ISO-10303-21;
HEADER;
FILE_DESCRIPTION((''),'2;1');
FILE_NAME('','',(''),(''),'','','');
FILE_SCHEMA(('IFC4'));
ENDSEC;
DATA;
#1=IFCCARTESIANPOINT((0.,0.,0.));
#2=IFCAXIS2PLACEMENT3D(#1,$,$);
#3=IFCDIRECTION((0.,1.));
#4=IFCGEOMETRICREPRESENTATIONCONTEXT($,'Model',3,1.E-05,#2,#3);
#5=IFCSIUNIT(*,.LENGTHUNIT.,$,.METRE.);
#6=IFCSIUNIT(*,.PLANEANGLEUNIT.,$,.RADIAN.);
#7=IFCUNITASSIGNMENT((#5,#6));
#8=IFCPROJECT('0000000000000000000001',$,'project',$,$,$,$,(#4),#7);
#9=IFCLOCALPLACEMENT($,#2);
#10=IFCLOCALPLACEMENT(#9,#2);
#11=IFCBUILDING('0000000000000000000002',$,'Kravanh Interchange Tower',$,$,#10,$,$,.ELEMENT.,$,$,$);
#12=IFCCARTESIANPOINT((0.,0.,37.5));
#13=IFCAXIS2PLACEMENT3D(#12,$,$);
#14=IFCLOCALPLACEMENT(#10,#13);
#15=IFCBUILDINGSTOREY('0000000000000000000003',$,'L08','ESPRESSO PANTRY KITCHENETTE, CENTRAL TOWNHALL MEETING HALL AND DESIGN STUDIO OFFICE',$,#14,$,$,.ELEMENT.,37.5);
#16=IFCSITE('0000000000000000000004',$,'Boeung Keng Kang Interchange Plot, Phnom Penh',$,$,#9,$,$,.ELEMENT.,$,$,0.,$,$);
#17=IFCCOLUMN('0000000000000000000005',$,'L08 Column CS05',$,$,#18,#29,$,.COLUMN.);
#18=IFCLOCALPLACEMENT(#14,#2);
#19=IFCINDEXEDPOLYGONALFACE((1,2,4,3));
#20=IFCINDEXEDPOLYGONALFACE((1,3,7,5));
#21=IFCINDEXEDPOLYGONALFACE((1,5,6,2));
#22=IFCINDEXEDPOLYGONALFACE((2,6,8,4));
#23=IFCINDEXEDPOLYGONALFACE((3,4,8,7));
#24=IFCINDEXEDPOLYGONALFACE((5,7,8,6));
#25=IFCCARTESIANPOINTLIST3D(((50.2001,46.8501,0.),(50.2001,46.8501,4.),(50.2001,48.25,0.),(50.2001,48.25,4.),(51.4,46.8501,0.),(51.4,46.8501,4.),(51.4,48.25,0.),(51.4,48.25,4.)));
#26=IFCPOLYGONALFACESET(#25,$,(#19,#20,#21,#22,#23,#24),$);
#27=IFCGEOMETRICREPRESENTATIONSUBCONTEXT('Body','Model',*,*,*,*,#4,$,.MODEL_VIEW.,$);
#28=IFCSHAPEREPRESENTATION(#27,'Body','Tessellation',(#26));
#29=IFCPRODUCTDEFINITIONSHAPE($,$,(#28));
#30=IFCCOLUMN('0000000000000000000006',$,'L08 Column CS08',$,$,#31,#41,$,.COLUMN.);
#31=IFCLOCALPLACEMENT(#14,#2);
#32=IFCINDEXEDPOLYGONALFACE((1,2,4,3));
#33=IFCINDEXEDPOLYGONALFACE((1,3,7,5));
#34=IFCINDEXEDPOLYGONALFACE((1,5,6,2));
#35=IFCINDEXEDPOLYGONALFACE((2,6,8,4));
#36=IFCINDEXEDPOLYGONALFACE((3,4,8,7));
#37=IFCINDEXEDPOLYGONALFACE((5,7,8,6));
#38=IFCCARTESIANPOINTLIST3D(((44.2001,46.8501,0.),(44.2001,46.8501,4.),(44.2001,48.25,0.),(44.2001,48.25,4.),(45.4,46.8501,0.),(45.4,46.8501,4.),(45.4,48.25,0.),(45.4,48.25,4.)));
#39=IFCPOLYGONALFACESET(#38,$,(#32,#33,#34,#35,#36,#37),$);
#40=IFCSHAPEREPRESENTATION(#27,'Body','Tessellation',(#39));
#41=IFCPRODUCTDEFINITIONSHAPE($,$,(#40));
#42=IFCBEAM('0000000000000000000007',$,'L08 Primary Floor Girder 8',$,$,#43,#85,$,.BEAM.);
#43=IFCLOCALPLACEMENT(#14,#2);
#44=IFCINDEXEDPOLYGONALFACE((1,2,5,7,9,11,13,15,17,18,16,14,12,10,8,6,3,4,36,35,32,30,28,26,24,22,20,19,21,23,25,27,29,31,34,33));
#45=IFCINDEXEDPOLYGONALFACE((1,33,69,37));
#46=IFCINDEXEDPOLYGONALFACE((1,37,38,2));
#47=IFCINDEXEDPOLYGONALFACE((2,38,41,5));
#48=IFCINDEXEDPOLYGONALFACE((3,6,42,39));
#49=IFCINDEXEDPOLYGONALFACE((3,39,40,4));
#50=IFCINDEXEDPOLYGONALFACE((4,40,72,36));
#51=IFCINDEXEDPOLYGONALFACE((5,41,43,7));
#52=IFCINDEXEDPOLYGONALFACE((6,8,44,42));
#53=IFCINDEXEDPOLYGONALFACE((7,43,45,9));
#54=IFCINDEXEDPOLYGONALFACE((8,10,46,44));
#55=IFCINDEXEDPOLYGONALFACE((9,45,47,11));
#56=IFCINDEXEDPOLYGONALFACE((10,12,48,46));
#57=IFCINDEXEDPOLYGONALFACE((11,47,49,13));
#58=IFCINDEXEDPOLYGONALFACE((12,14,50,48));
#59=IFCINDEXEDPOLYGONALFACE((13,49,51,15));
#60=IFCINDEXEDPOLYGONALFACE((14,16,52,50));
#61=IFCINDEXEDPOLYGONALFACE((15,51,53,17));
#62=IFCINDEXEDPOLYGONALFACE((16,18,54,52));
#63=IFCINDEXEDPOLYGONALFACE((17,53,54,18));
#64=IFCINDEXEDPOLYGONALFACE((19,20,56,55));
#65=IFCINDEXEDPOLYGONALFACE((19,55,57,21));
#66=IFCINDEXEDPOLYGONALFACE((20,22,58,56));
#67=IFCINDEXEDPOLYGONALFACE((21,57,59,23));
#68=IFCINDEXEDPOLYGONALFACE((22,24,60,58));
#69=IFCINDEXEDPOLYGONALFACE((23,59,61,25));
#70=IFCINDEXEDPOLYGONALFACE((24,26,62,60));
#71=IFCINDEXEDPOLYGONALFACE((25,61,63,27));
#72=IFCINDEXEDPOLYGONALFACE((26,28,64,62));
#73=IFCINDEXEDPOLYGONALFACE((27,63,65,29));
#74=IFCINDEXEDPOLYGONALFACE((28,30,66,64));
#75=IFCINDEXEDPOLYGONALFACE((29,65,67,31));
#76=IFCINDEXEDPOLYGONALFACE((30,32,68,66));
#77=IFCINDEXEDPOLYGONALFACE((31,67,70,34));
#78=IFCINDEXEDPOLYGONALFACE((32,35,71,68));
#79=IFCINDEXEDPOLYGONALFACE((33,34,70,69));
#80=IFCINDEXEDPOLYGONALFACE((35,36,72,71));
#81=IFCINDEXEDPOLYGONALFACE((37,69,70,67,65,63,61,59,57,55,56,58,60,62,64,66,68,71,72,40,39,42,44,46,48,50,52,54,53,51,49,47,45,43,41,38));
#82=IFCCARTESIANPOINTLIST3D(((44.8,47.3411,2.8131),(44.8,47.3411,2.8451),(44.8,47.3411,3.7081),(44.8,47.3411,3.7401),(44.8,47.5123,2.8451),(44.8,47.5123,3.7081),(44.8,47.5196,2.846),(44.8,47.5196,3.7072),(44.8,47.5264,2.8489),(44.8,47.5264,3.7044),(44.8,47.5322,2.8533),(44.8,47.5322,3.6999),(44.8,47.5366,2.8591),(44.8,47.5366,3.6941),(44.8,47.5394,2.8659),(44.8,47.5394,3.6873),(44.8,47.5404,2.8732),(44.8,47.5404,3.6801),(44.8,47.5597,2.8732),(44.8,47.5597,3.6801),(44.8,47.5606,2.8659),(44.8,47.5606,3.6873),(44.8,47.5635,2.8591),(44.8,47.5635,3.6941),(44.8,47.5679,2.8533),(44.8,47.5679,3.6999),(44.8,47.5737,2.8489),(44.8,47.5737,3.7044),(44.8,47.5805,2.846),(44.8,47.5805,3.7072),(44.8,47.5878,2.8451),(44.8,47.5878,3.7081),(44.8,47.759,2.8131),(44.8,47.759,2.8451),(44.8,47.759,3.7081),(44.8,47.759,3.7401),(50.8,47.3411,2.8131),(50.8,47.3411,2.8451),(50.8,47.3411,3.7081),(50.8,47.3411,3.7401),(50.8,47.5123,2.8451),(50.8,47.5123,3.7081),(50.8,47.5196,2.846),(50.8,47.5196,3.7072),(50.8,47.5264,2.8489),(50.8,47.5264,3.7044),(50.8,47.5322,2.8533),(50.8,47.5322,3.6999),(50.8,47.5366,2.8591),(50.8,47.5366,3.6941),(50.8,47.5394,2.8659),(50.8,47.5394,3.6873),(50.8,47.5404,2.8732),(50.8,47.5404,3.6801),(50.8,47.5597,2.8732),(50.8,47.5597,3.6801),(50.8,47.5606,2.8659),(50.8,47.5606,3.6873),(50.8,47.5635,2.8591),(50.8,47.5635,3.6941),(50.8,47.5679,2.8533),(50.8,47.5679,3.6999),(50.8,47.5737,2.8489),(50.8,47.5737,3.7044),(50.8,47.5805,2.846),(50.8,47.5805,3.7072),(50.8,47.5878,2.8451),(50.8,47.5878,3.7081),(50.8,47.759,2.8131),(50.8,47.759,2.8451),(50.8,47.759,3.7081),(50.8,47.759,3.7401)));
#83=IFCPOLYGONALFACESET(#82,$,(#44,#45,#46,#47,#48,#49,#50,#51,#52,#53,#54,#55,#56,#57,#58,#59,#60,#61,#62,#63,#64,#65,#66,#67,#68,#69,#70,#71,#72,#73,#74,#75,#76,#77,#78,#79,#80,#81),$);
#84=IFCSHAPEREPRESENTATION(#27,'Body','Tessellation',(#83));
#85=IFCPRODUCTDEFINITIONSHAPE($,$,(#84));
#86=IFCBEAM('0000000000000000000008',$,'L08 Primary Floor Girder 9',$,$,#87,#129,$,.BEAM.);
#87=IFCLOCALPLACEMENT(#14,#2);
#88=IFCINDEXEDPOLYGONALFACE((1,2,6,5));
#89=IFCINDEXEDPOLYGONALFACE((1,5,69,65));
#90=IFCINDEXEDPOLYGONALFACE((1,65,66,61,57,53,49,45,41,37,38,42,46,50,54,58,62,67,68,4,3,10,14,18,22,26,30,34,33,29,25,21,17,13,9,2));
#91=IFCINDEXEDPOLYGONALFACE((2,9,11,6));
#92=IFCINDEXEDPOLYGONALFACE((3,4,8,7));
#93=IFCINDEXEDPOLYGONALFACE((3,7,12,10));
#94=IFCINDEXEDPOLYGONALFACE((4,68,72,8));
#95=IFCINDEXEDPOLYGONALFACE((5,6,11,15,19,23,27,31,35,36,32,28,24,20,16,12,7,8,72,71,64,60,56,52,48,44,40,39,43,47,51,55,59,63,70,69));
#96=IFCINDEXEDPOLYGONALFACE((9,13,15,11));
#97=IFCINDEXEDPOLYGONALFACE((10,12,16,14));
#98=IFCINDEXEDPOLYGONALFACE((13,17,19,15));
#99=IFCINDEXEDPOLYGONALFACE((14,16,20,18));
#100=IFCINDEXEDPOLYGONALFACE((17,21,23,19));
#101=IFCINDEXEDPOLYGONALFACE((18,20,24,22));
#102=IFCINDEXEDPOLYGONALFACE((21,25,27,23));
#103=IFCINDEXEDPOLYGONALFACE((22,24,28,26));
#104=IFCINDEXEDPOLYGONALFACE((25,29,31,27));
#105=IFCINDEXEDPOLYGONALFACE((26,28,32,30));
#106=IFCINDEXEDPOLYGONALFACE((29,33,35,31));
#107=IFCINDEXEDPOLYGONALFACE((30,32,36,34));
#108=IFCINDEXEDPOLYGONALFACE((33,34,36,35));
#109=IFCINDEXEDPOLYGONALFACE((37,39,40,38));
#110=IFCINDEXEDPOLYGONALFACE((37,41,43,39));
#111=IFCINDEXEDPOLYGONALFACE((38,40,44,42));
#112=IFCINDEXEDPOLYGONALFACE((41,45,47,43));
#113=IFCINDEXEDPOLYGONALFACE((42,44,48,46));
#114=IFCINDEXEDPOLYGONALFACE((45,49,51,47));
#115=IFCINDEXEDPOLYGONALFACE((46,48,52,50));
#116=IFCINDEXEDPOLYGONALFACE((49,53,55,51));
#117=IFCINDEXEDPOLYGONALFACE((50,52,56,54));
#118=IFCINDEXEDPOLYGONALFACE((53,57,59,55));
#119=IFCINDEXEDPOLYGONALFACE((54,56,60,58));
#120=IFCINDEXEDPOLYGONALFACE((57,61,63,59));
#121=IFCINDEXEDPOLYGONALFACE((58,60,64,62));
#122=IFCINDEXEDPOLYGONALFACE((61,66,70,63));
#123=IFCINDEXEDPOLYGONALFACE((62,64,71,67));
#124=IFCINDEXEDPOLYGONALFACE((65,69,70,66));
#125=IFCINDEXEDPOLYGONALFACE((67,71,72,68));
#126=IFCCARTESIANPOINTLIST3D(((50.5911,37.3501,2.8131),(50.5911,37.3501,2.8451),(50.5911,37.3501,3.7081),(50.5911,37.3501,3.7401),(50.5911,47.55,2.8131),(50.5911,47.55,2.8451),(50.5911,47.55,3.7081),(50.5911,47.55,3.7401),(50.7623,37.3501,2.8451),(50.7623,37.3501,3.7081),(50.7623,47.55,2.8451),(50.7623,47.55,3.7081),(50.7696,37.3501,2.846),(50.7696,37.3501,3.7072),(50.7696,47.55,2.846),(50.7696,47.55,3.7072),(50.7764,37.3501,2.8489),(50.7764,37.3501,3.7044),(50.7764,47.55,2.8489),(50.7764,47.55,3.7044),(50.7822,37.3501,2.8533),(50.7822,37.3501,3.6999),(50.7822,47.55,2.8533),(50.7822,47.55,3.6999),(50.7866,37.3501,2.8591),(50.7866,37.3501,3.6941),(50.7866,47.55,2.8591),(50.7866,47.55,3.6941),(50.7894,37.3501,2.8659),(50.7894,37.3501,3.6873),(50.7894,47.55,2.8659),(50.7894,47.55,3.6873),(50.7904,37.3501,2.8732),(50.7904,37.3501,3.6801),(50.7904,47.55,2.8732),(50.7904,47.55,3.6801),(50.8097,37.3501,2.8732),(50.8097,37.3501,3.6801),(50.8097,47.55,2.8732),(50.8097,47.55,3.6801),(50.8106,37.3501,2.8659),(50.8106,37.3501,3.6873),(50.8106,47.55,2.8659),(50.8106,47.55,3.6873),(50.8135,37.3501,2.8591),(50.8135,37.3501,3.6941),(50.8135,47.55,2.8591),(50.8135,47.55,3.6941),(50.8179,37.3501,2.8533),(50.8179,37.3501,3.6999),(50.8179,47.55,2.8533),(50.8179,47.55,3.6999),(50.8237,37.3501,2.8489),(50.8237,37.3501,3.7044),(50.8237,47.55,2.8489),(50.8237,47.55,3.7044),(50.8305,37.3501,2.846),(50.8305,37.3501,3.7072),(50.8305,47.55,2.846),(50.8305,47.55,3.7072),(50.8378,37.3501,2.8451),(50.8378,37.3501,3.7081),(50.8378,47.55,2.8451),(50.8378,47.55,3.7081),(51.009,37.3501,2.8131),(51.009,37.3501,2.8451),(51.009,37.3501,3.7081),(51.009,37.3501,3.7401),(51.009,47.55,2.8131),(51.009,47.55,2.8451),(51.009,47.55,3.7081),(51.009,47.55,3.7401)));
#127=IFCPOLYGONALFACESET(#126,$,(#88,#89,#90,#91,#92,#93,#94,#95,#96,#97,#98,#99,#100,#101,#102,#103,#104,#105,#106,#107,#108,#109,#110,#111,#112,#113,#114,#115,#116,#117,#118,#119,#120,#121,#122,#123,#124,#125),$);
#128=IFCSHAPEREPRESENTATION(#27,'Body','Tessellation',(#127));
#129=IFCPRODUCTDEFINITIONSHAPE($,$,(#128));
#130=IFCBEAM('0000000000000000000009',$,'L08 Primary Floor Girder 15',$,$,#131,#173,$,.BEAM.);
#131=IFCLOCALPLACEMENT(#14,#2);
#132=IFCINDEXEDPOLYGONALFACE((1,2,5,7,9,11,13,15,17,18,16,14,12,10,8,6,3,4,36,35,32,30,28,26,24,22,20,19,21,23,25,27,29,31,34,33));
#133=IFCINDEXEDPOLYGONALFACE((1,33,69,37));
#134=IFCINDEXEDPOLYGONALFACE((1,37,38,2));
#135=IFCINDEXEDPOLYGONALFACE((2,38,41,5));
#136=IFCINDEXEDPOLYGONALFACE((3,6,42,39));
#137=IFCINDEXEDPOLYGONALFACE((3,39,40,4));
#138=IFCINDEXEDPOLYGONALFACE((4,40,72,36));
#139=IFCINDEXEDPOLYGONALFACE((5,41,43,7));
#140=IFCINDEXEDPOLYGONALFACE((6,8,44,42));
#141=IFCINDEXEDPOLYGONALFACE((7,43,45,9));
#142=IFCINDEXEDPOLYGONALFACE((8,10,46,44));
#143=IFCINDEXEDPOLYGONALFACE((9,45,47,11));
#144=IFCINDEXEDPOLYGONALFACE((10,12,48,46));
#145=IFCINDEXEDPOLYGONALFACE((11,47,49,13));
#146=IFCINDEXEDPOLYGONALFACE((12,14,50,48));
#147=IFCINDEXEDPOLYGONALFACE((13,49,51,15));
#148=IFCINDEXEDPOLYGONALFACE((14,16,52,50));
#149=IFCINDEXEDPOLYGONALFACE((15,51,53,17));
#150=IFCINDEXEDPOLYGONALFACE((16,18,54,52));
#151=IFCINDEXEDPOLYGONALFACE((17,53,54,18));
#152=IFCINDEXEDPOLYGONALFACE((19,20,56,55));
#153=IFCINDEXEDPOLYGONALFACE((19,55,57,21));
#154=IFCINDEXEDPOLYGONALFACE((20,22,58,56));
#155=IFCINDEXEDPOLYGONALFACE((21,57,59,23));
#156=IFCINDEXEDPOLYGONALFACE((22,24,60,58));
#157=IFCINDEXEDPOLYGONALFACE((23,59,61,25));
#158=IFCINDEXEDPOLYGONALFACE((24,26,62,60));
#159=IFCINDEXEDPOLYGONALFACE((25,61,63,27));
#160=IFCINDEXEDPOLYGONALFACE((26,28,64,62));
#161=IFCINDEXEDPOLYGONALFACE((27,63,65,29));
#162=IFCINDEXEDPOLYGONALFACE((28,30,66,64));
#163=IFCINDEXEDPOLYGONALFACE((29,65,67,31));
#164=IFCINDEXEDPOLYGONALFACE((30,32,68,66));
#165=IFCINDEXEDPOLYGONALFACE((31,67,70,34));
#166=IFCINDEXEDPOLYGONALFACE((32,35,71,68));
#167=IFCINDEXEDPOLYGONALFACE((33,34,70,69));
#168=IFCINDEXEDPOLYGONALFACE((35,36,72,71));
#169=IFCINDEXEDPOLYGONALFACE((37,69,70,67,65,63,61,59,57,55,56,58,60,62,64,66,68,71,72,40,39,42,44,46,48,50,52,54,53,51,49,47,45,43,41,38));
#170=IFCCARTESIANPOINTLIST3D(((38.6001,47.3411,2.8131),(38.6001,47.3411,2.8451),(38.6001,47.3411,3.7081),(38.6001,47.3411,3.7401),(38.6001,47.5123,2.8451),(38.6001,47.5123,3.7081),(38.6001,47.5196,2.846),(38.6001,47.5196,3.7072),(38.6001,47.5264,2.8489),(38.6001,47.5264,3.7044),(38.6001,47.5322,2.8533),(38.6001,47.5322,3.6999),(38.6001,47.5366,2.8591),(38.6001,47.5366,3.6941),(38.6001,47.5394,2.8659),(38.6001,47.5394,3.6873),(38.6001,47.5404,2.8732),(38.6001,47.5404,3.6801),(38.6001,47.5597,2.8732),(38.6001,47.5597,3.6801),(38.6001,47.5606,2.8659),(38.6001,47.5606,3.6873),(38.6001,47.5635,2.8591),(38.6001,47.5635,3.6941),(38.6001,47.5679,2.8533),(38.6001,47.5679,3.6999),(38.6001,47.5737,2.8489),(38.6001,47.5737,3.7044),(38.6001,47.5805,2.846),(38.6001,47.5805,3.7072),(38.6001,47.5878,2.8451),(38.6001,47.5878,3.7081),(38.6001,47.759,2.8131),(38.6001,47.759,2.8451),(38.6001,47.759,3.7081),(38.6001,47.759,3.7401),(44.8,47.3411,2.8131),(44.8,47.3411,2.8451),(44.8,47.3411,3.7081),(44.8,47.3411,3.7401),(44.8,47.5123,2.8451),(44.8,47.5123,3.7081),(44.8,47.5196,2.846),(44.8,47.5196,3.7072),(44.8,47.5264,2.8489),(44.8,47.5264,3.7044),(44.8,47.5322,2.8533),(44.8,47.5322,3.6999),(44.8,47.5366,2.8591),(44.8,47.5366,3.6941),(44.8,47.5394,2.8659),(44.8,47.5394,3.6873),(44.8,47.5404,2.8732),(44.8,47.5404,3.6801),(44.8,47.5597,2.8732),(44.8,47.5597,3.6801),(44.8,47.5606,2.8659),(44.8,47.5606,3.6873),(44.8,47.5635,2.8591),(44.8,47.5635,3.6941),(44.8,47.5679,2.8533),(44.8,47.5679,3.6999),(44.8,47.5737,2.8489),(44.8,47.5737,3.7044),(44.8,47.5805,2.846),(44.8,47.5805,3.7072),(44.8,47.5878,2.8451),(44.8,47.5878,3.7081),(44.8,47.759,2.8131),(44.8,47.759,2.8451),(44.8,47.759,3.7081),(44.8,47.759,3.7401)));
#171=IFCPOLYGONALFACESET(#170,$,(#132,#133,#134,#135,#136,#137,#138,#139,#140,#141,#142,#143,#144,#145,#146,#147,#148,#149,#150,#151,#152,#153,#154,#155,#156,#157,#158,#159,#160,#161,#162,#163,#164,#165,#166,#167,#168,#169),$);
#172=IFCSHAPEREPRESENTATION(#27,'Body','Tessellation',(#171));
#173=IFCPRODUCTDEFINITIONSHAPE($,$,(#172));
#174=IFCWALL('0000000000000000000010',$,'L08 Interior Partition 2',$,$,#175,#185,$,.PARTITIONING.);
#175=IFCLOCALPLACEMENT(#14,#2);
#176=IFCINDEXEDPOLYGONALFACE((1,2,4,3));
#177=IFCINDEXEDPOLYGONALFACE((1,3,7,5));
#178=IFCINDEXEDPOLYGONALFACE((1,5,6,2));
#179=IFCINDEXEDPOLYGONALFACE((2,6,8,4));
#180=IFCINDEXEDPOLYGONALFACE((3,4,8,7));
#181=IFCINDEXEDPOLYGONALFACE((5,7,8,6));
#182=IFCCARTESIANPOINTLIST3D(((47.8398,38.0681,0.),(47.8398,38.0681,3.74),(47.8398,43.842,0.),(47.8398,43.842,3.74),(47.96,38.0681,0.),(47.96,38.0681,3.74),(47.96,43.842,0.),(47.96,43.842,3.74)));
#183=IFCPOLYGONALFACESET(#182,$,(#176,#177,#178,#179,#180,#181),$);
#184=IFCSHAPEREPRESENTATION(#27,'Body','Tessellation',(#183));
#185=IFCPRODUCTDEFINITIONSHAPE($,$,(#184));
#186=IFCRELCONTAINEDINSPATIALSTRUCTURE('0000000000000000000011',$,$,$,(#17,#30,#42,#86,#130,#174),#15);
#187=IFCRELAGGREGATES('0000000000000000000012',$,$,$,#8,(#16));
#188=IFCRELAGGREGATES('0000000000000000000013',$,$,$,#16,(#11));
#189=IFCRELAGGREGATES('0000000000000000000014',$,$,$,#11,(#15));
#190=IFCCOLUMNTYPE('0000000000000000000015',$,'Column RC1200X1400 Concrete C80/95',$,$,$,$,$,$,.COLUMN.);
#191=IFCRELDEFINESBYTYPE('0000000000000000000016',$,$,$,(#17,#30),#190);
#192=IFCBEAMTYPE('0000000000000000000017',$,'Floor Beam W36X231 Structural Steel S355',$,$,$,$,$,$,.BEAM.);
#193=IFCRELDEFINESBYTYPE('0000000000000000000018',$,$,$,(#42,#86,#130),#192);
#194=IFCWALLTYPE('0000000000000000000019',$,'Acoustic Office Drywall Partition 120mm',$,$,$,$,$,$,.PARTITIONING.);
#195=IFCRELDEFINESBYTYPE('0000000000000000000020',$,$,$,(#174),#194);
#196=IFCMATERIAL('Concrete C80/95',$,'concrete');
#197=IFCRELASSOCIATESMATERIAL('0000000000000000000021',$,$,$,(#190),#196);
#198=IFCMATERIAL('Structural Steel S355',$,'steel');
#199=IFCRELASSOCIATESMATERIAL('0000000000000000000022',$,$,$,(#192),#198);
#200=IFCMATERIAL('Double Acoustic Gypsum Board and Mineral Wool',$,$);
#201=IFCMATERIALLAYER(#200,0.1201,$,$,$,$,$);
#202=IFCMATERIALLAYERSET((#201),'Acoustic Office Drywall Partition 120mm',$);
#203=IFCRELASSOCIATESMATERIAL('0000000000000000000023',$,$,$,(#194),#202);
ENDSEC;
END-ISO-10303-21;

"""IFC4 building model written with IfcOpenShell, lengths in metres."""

from ifc_helpers import new_model, si_unit, direction, frame, frame_2d, origin, origin_2d, place, context, subcontext, project, spatial, rectangle, i_section, extrude, material, layer, layer_set, material_profile, profile_set, type_object, element, save


model = new_model("IFC4")

# Units and contexts
model_context = context("Model", 3, precision=1e-05, world=origin(), true_north=direction((0.0, 1.0)))
body_context = subcontext(model_context, "Body", "Model", "MODEL_VIEW")
ifc_project = project(units=[si_unit("LENGTHUNIT", "METRE"), si_unit("PLANEANGLEUNIT", "RADIAN")], contexts=[model_context])

# Site, building, storey
site_placement = place(None, origin())
site = spatial("IfcSite", under=ifc_project, at=site_placement, Name="Boeung Keng Kang Interchange Plot, Phnom Penh", CompositionType="ELEMENT", RefElevation=0.0)
building_placement = place(site_placement, origin())
building = spatial("IfcBuilding", under=site, at=building_placement, Name="Kravanh Interchange Tower", CompositionType="ELEMENT")
storey_placement = place(building_placement, frame((0.0, 0.0, 37.5)))
storey = spatial("IfcBuildingStorey", under=building, at=storey_placement, Name="L08", Description="ESPRESSO PANTRY KITCHENETTE, CENTRAL TOWNHALL MEETING HALL AND DESIGN STUDIO OFFICE", CompositionType="ELEMENT", Elevation=37.5)

# Columns
ifc_material_1 = material(Name="Concrete C80/95", Category="concrete")
ifc_material_profile_1 = material_profile(ifc_material_1, rectangle(XDim=1.2, YDim=1.3999, at=origin_2d()), Name="RC1200X1400")
ifc_profile_set_1 = profile_set([ifc_material_profile_1], Name="Concrete C80/95")
column_type = type_object("IfcColumnType", Name="Column RC1200X1400 Concrete C80/95", PredefinedType="COLUMN", material=ifc_profile_set_1)
for number, where, z_axis, x_axis, name in (
    (1, (50.8, 47.55, 0.0), (0.0, 0.0, 1.0), (1.0, 0.0, 0.0), "L08 Column CS05"),
    (2, (44.8, 47.55, 0.0), (0.0, 0.0, 1.0), (1.0, 0.0, 0.0), "L08 Column CS08"),
):
    element("IfcColumn", number, at=place(storey_placement, frame(where, z_axis=z_axis, x_axis=x_axis)), inside=storey, type_object=column_type, Name=name, PredefinedType="COLUMN", context=body_context, shape_type="SweptSolid", body=[
        extrude(rectangle(XDim=1.2, YDim=1.3999, at=origin_2d()), origin(), (0.0, 0.0, 1.0), 4.0),
    ])

# Beams
ifc_material_2 = material(Name="Structural Steel S355", Category="steel")
ifc_material_profile_2 = material_profile(ifc_material_2, i_section(OverallWidth=0.418, OverallDepth=0.927, WebThickness=0.0193, FlangeThickness=0.032, FilletRadius=0.0281, at=origin_2d()), Name="W36X231")
ifc_profile_set_2 = profile_set([ifc_material_profile_2], Name="Structural Steel S355")
beam_type = type_object("IfcBeamType", Name="Floor Beam W36X231 Structural Steel S355", PredefinedType="BEAM", material=ifc_profile_set_2)
beam_1_placement = place(storey_placement, frame((50.8, 47.55, 3.2766), z_axis=(-1.0, 0.0, 0.0), x_axis=(0.0, -1.0, 0.0)))
element("IfcBeam", 3, at=beam_1_placement, inside=storey, type_object=beam_type, Name="L08 Primary Floor Girder 8", PredefinedType="BEAM", context=body_context, shape_type="SweptSolid", body=[
    extrude(i_section(OverallWidth=0.418, OverallDepth=0.927, WebThickness=0.0193, FlangeThickness=0.032, FilletRadius=0.0281, at=origin_2d()), origin(), (0.0, 0.0, 1.0), 6.0),
])
beam_2_placement = place(storey_placement, frame((50.8, 47.55, 3.2766), z_axis=(0.0, -1.0, 0.0), x_axis=(1.0, 0.0, 0.0)))
element("IfcBeam", 4, at=beam_2_placement, inside=storey, type_object=beam_type, Name="L08 Primary Floor Girder 9", PredefinedType="BEAM", context=body_context, shape_type="SweptSolid", body=[
    extrude(i_section(OverallWidth=0.418, OverallDepth=0.927, WebThickness=0.0193, FlangeThickness=0.032, FilletRadius=0.0281, at=origin_2d()), origin(), (0.0, 0.0, 1.0), 10.2),
])
beam_3_placement = place(storey_placement, frame((44.8, 47.55, 3.2766), z_axis=(-1.0, 0.0, 0.0), x_axis=(0.0, -1.0, 0.0)))
element("IfcBeam", 5, at=beam_3_placement, inside=storey, type_object=beam_type, Name="L08 Primary Floor Girder 15", PredefinedType="BEAM", context=body_context, shape_type="SweptSolid", body=[
    extrude(i_section(OverallWidth=0.418, OverallDepth=0.927, WebThickness=0.0193, FlangeThickness=0.032, FilletRadius=0.0281, at=origin_2d()), origin(), (0.0, 0.0, 1.0), 6.2),
])

# Wall
ifc_material_3 = material(Name="Double Acoustic Gypsum Board and Mineral Wool")
ifc_layer_1 = layer(ifc_material_3, 0.1201)
ifc_layer_set_1 = layer_set([ifc_layer_1], Name="Acoustic Office Drywall Partition 120mm")
wall_type_1 = type_object("IfcWallType", Name="Acoustic Office Drywall Partition 120mm", PredefinedType="PARTITIONING", material=ifc_layer_set_1)
wall_1_placement = place(storey_placement, frame((47.8999, 38.0681, 0.0), z_axis=(0.0, 0.0, 1.0), x_axis=(0.0, 1.0, 0.0)))
element("IfcWall", 6, at=wall_1_placement, inside=storey, type_object=wall_type_1, Name="L08 Interior Partition 2", PredefinedType="PARTITIONING", context=body_context, shape_type="SweptSolid", body=[
    extrude(rectangle(XDim=5.7739, YDim=0.1201, at=frame_2d((2.887, 0.0))), origin(), (0.0, 0.0, 1.0), 3.74),
])

save(model, "model.ifc")
